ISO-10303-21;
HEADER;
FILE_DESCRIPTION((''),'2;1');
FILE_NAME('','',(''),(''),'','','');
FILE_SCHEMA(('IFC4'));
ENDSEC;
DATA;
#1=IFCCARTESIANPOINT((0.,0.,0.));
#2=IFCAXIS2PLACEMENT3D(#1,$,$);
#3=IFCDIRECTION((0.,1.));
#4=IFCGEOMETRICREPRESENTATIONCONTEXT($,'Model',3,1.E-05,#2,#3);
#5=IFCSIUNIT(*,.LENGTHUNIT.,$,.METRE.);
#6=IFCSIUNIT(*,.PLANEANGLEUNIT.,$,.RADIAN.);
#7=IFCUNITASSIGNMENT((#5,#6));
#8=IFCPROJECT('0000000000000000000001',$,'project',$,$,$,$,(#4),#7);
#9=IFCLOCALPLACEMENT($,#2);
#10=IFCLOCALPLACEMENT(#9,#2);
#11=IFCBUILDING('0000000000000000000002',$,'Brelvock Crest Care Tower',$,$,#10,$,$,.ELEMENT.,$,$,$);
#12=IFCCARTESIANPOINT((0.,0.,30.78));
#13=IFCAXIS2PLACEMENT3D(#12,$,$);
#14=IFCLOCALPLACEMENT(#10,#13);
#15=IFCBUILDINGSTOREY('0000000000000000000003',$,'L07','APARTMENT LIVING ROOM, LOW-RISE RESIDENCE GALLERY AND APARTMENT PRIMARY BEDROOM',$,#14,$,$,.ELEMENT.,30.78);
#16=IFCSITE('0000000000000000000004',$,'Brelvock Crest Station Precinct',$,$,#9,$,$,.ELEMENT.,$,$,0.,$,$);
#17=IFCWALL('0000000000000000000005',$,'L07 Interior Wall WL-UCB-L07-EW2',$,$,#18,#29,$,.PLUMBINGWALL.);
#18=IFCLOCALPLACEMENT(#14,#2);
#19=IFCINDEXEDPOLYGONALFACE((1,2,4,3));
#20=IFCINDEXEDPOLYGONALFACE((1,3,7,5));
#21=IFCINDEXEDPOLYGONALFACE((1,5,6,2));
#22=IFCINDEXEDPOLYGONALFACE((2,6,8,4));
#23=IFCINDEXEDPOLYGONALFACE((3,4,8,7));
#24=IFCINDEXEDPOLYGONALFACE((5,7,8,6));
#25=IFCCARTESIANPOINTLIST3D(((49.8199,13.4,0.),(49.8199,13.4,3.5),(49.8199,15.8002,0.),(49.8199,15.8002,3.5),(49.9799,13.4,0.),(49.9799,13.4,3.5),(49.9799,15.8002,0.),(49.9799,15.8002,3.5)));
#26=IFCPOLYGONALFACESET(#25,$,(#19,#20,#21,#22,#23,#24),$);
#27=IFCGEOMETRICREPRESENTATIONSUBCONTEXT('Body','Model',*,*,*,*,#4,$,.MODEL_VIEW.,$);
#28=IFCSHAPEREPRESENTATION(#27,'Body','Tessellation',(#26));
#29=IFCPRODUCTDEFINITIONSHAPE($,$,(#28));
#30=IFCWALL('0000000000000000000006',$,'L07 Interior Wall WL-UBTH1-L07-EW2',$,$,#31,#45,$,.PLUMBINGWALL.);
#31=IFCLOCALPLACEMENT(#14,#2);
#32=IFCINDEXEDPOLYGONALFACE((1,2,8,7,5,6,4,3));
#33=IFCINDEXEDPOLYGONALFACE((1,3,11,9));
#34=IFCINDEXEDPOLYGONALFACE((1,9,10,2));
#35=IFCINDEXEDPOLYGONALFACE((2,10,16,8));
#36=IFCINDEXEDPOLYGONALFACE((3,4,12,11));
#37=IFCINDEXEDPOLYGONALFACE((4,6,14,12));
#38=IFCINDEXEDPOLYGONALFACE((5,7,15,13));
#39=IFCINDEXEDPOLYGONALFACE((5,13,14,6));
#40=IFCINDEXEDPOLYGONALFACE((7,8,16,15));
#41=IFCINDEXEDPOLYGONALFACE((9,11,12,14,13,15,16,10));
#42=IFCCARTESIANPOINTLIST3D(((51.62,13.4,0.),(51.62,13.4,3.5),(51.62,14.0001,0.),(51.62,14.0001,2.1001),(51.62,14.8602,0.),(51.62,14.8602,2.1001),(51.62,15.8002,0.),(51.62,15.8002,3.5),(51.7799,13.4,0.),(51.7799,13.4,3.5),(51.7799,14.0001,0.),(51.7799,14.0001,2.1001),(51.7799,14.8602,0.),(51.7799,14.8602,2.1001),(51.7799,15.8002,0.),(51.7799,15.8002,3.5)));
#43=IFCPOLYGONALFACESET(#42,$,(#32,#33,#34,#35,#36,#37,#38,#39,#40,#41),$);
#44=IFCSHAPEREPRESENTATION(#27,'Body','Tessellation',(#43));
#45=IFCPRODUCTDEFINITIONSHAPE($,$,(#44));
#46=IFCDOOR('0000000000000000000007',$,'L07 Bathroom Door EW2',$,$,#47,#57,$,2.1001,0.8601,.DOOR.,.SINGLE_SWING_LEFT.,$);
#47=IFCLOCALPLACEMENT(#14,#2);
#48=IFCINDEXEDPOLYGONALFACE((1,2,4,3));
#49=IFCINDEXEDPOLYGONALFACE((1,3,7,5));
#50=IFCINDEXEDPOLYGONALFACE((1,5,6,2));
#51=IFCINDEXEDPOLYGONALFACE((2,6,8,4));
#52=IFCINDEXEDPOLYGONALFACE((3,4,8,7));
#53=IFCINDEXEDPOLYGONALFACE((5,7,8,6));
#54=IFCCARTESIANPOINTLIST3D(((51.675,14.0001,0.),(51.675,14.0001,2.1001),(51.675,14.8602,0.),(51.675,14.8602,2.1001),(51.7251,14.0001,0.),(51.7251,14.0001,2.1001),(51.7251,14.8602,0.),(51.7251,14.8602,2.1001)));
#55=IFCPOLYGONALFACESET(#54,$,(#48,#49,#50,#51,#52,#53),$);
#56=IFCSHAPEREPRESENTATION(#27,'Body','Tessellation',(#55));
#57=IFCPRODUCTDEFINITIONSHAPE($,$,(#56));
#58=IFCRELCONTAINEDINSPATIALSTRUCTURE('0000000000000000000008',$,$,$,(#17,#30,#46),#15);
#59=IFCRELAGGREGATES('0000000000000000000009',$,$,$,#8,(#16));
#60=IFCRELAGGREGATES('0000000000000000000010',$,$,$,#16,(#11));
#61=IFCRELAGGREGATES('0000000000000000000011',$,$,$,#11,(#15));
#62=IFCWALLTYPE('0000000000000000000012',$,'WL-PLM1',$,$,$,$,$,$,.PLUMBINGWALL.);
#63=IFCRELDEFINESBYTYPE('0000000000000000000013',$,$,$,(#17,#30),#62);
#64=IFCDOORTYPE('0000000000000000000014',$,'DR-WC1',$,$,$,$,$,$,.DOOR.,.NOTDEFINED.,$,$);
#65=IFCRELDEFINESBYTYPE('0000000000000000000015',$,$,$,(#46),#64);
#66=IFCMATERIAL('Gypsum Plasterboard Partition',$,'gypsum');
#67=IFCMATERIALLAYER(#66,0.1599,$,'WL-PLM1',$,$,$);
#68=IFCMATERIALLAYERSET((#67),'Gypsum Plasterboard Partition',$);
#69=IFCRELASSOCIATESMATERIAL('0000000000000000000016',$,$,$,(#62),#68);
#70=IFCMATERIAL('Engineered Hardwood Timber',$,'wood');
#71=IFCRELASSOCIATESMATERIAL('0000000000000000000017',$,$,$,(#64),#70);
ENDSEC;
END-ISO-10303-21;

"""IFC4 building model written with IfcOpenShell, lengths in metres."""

from ifc_helpers import new_model, si_unit, direction, frame, frame_2d, origin, origin_2d, place, context, subcontext, project, spatial, rectangle, extrude, source, transform, mapped, material, layer, layer_set, type_object, element, fill, save


model = new_model("IFC4")

# Units and contexts
model_context = context("Model", 3, precision=1e-05, world=origin(), true_north=direction((0.0, 1.0)))
body_context = subcontext(model_context, "Body", "Model", "MODEL_VIEW")
ifc_project = project(units=[si_unit("LENGTHUNIT", "METRE"), si_unit("PLANEANGLEUNIT", "RADIAN")], contexts=[model_context])

# Site, building, storey
site_placement = place(None, origin())
site = spatial("IfcSite", under=ifc_project, at=site_placement, Name="Brelvock Crest Station Precinct", CompositionType="ELEMENT", RefElevation=0.0)
building_placement = place(site_placement, origin())
building = spatial("IfcBuilding", under=site, at=building_placement, Name="Brelvock Crest Care Tower", CompositionType="ELEMENT")
storey_placement = place(building_placement, frame((0.0, 0.0, 30.78)))
storey = spatial("IfcBuildingStorey", under=building, at=storey_placement, Name="L07", Description="APARTMENT LIVING ROOM, LOW-RISE RESIDENCE GALLERY AND APARTMENT PRIMARY BEDROOM", CompositionType="ELEMENT", Elevation=30.78)

# Shared definitions
ifc_material_1 = material(Name="Engineered Hardwood Timber", Category="wood")

# Shared definitions
ifc_material_2 = material(Name="Gypsum Plasterboard Partition", Category="gypsum")

# Wall
ifc_layer_1 = layer(ifc_material_2, 0.1599, Name="WL-PLM1")
ifc_layer_set_1 = layer_set([ifc_layer_1], Name="Gypsum Plasterboard Partition")
wall_type_1 = type_object("IfcWallType", Name="WL-PLM1", PredefinedType="PLUMBINGWALL", material=ifc_layer_set_1)
wall_1_placement = place(storey_placement, frame((49.8999, 13.3999, 0.0), z_axis=(0.0, 0.0, 1.0), x_axis=(0.0, 1.0, 0.0)))
element("IfcWall", 1, at=wall_1_placement, inside=storey, type_object=wall_type_1, Name="L07 Interior Wall WL-UCB-L07-EW2", PredefinedType="PLUMBINGWALL", context=body_context, shape_type="SweptSolid", body=[
    extrude(rectangle(XDim=2.4001, YDim=0.1599, at=frame_2d((1.2002, 0.0))), origin(), (0.0, 0.0, 1.0), 3.5),
])

# Wall, opening, door
wall_2_placement = place(storey_placement, frame((51.7, 13.3999, 0.0), z_axis=(0.0, 0.0, 1.0), x_axis=(0.0, 1.0, 0.0)))
wall_2 = element("IfcWall", 2, at=wall_2_placement, inside=storey, type_object=wall_type_1, Name="L07 Interior Wall WL-UBTH1-L07-EW2", PredefinedType="PLUMBINGWALL", context=body_context, shape_type="SweptSolid", body=[
    extrude(rectangle(XDim=2.4001, YDim=0.1599, at=frame_2d((1.2002, 0.0))), origin(), (0.0, 0.0, 1.0), 3.5),
])
opening_1_placement = place(wall_2_placement, frame((0.6001, 0.0, 0.0)))
opening_1 = element("IfcOpeningElement", 3, at=opening_1_placement, cuts=wall_2, PredefinedType="OPENING", context=body_context, shape_type="SweptSolid", body=[
    extrude(rectangle(XDim=0.8601, YDim=2.1001, at=origin_2d()), frame((0.4302, 0.0898, 1.05), z_axis=(0.0, -1.0, 0.0), x_axis=(1.0, 0.0, 0.0)), (0.0, 0.0, 1.0), 0.1799),
])
door_type_1 = type_object("IfcDoorType", Name="DR-WC1", OperationType="NOTDEFINED", PredefinedType="DOOR", material=ifc_material_1)
shared_shape_1 = source(origin(), body_context, "Body", "SweptSolid", [
    extrude(rectangle(XDim=0.8601, YDim=2.1001, at=origin_2d()), frame((0.4302, 0.0249, 1.05), z_axis=(0.0, -1.0, 0.0), x_axis=(1.0, 0.0, 0.0)), (0.0, 0.0, 1.0), 0.05),
])
door_1_placement = place(opening_1_placement, origin())
door_1 = element("IfcDoor", 4, at=door_1_placement, inside=storey, type_object=door_type_1, Name="L07 Bathroom Door EW2", OperationType="SINGLE_SWING_LEFT", OverallHeight=2.1001, OverallWidth=0.8601, PredefinedType="DOOR", context=body_context, shape_type="MappedRepresentation", body=[
    mapped(shared_shape_1, transform((0.0, 0.0, 0.0), x_axis=(1.0, 0.0, 0.0), y_axis=(0.0, 1.0, 0.0), z_axis=(0.0, 0.0, 1.0), scale=1.0)),
])
fill(opening_1, door_1)

save(model, "model.ifc")
